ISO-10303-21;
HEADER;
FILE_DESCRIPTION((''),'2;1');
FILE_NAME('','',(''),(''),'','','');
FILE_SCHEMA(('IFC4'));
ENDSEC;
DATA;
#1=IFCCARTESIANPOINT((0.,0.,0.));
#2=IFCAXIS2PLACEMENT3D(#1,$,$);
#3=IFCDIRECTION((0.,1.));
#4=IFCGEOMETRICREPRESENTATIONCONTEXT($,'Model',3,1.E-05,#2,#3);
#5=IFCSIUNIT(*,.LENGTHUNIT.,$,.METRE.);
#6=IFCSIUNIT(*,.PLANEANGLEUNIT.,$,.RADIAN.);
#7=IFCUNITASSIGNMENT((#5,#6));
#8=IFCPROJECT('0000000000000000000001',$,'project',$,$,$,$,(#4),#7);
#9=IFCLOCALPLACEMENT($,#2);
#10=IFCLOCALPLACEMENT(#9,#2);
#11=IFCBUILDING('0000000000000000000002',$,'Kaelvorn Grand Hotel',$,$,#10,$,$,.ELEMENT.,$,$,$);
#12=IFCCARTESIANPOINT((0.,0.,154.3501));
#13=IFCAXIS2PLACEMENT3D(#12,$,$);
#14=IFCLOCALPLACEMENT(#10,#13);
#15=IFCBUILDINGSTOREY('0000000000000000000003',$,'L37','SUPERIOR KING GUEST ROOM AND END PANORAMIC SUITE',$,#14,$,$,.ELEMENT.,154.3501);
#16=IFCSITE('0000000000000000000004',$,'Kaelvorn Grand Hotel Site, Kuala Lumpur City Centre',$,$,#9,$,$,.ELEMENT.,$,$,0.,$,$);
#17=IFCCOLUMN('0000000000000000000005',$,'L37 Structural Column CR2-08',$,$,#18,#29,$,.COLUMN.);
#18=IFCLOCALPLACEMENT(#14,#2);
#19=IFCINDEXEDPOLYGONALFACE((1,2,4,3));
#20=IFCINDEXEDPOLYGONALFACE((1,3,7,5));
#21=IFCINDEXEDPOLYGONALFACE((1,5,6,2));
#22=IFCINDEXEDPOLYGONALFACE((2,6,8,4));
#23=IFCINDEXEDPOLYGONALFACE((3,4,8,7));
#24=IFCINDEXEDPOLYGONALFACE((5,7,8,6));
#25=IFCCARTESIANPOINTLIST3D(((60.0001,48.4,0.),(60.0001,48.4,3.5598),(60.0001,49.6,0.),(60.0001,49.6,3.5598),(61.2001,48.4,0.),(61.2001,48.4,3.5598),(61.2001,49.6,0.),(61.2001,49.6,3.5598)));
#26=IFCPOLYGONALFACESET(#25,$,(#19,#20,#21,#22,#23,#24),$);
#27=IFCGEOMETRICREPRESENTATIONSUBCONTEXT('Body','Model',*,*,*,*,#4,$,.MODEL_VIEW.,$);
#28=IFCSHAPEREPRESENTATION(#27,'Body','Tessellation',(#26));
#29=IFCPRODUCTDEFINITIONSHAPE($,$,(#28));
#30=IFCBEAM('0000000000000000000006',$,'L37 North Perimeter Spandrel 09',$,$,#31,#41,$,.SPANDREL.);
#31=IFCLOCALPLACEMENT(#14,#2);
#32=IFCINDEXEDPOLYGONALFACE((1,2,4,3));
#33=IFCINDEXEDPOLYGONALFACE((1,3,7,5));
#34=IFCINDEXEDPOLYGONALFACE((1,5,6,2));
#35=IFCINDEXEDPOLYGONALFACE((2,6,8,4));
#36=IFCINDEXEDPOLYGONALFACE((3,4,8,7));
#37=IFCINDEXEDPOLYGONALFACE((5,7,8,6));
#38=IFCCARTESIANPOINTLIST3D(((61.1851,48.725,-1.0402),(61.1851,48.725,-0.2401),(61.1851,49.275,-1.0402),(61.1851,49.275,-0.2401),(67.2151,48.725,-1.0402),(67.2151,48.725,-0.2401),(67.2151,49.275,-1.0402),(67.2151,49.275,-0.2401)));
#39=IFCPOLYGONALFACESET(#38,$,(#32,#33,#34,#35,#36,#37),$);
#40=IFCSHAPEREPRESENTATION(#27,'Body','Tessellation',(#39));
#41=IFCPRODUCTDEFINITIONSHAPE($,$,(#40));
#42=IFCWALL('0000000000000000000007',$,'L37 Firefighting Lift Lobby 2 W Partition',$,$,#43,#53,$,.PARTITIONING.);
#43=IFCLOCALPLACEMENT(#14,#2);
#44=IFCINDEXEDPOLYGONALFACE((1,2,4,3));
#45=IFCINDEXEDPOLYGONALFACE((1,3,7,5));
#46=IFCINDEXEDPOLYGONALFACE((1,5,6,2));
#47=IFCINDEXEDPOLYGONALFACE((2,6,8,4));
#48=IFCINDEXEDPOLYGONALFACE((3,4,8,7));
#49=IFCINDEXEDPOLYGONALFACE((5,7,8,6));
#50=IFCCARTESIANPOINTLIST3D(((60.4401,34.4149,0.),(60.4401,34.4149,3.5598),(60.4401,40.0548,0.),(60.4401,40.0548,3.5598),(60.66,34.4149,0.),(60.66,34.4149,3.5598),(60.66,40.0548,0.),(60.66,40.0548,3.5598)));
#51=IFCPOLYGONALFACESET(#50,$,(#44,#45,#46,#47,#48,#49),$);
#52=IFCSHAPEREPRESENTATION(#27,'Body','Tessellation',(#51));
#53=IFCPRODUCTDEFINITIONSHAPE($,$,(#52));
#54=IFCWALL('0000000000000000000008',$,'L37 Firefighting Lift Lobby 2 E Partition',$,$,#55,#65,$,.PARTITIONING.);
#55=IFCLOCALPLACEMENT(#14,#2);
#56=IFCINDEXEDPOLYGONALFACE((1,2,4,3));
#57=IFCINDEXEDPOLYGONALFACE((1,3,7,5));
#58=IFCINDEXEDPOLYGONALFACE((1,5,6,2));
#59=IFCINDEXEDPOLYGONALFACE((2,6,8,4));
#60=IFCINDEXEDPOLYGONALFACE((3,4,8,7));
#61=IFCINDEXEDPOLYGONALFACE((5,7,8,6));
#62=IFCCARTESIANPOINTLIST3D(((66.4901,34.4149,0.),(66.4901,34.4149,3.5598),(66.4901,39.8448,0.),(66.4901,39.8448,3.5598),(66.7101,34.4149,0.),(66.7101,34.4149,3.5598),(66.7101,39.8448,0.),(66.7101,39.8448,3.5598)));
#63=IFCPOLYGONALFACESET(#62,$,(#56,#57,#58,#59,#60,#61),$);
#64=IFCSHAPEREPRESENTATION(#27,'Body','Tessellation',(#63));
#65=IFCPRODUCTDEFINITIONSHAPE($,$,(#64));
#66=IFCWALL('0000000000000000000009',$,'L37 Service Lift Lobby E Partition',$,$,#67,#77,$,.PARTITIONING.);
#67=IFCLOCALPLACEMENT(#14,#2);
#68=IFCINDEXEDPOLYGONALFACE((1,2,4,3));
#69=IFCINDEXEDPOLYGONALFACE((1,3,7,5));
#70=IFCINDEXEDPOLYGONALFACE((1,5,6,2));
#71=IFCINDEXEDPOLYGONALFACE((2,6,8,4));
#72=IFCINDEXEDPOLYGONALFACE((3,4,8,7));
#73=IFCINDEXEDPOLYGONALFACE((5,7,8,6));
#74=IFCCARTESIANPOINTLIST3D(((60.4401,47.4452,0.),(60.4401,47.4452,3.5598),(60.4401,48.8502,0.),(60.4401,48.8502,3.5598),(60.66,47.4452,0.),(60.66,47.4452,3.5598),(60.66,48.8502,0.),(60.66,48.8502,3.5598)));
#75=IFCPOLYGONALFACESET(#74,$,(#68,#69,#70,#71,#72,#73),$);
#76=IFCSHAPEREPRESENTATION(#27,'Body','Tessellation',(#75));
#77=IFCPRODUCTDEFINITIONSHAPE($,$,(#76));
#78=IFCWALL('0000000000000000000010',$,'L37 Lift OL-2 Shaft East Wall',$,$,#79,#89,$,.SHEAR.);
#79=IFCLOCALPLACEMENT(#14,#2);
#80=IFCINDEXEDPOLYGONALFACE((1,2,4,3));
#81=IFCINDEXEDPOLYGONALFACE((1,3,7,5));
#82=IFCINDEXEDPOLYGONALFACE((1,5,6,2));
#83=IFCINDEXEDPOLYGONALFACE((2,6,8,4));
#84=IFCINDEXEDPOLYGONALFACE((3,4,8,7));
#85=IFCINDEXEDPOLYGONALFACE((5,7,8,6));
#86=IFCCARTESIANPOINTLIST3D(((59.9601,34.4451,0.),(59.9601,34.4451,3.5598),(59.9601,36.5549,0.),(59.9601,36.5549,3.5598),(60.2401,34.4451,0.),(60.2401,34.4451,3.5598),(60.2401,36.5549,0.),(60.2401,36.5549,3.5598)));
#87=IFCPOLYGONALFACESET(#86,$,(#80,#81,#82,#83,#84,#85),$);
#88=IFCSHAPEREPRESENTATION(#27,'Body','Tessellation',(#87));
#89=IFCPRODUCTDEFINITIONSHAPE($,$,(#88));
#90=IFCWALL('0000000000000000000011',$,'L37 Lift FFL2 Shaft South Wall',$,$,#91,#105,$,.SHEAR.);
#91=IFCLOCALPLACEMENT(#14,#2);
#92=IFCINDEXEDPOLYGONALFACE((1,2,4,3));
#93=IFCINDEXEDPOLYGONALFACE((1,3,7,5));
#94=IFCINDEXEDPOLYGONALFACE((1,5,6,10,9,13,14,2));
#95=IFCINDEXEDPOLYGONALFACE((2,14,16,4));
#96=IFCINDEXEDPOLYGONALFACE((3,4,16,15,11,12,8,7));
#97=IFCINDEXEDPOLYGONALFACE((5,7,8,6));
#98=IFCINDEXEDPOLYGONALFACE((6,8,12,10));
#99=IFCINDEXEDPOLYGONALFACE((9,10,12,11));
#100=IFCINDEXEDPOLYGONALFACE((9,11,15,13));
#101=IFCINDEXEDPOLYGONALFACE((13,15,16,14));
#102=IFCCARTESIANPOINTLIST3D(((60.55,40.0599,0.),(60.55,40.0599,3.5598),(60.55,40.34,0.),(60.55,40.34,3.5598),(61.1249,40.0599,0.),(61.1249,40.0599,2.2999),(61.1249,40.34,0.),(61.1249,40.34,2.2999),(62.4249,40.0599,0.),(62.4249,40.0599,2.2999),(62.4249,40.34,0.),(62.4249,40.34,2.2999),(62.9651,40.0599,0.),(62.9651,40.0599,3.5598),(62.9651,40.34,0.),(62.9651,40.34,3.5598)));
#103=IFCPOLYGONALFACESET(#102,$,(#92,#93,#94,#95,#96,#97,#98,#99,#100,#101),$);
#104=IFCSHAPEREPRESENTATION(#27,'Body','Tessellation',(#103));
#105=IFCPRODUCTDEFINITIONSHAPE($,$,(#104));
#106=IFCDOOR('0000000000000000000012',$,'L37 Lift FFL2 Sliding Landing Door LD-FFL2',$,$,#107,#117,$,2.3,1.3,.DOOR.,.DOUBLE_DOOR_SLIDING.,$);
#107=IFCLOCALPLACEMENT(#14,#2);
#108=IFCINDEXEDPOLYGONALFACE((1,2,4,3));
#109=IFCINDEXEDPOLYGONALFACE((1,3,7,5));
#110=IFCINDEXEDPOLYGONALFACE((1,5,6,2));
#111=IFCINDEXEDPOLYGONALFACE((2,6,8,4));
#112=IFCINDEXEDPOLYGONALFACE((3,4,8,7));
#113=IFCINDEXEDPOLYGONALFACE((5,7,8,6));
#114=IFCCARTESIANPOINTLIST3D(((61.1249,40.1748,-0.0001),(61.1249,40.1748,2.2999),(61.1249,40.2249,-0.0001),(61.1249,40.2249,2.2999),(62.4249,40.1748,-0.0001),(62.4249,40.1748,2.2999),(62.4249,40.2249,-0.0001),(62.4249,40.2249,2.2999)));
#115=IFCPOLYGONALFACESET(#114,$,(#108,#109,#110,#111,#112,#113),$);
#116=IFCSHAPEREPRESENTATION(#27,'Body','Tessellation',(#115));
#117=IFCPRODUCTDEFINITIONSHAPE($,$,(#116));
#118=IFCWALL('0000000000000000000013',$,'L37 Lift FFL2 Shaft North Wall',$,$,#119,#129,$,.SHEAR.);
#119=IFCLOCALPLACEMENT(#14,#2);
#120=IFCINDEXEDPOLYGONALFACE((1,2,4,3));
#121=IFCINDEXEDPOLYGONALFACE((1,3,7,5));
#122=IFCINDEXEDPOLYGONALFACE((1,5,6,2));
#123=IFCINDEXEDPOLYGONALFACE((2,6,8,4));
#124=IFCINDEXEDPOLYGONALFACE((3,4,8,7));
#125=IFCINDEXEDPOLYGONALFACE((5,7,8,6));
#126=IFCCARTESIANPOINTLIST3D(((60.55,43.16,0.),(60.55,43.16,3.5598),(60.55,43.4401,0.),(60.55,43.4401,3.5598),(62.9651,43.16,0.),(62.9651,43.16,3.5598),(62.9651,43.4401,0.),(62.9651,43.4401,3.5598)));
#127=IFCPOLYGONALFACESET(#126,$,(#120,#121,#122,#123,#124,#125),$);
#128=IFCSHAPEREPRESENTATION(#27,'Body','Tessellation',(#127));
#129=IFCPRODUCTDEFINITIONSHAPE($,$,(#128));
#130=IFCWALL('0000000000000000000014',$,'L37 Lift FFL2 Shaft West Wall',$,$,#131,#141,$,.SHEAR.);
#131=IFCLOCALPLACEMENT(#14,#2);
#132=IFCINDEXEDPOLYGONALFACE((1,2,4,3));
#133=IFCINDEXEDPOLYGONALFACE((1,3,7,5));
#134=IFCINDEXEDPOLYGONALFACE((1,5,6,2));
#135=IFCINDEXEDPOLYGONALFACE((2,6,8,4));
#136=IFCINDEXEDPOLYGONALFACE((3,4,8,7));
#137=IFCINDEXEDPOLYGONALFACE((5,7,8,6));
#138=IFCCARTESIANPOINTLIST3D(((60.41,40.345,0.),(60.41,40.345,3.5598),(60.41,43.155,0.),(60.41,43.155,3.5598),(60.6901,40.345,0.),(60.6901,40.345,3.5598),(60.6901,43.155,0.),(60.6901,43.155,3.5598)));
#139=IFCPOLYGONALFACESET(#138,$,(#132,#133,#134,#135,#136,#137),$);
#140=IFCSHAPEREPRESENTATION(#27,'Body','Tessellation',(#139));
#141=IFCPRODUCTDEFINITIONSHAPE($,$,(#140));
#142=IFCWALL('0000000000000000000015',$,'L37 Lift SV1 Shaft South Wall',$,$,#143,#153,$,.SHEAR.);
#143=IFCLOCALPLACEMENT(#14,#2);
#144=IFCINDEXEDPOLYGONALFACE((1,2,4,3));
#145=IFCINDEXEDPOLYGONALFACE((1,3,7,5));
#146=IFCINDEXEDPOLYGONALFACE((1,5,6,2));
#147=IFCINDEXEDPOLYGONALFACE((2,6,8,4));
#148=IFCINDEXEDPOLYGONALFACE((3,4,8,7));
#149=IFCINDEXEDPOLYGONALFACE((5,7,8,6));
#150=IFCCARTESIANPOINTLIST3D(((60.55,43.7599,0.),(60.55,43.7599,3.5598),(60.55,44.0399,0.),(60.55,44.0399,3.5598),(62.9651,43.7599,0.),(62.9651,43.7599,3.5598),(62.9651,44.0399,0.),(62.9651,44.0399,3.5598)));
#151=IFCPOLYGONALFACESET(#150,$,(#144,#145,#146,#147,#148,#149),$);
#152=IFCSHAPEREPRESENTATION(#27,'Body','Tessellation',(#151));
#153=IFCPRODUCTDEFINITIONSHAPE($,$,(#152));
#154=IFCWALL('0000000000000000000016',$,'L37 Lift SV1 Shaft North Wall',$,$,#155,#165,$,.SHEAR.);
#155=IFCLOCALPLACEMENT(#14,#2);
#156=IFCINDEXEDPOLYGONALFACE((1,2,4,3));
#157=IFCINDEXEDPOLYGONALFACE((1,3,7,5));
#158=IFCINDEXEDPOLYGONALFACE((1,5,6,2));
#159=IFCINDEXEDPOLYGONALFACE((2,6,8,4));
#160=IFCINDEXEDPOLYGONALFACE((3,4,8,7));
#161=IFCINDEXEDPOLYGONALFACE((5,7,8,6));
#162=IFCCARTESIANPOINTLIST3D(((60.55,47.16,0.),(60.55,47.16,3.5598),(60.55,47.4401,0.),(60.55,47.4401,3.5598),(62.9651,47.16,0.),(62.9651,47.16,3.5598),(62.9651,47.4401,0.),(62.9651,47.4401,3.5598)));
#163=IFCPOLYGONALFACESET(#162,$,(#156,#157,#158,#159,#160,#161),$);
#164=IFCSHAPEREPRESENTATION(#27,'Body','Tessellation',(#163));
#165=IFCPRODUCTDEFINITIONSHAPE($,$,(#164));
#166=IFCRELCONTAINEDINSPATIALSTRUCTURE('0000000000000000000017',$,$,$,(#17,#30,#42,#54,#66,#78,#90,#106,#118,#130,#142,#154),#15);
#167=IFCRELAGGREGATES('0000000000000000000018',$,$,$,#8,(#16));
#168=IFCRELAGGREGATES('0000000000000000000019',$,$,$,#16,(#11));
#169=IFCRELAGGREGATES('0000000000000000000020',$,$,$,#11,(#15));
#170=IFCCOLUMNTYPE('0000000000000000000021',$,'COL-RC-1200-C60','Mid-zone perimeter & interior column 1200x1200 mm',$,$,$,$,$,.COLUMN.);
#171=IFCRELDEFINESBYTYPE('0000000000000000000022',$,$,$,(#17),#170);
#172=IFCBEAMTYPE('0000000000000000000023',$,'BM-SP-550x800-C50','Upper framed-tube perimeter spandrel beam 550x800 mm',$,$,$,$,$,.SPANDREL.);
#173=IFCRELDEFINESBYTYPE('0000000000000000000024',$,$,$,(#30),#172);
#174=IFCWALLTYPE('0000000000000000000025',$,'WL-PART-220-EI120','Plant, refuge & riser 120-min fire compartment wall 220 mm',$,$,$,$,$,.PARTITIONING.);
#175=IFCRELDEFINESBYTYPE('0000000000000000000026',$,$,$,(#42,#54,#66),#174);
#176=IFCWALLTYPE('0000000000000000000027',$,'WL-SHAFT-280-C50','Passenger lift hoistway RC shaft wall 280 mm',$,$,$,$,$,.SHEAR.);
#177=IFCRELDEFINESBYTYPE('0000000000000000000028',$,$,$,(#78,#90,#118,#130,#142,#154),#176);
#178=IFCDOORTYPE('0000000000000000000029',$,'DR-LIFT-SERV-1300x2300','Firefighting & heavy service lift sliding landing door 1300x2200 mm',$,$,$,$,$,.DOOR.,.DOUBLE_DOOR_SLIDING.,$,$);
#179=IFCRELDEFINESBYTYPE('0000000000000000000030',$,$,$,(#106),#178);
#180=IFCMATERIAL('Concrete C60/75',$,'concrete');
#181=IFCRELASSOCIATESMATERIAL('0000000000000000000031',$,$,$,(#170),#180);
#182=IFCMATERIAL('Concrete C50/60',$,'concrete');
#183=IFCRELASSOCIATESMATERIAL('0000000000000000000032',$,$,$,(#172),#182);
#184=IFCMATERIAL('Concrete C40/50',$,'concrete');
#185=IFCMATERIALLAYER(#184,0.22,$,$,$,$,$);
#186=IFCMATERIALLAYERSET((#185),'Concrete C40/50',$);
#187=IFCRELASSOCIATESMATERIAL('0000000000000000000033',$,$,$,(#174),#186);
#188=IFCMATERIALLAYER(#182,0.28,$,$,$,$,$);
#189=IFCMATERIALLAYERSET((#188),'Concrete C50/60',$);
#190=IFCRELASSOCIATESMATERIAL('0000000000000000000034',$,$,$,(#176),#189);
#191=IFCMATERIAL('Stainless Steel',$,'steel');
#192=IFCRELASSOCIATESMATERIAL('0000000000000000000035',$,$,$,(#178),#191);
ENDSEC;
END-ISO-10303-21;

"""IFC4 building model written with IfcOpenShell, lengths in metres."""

from ifc_helpers import new_model, si_unit, direction, frame, frame_2d, origin, origin_2d, place, context, subcontext, project, spatial, rectangle, extrude, material, layer, layer_set, material_profile, profile_set, type_object, element, fill, save


model = new_model("IFC4")

# Units and contexts
model_context = context("Model", 3, precision=1e-05, world=origin(), true_north=direction((0.0, 1.0)))
body_context = subcontext(model_context, "Body", "Model", "MODEL_VIEW")
ifc_project = project(units=[si_unit("LENGTHUNIT", "METRE"), si_unit("PLANEANGLEUNIT", "RADIAN")], contexts=[model_context])

# Site, building, storey
site_placement = place(None, origin())
site = spatial("IfcSite", under=ifc_project, at=site_placement, Name="Kaelvorn Grand Hotel Site, Kuala Lumpur City Centre", CompositionType="ELEMENT", RefElevation=0.0)
building_placement = place(site_placement, origin())
building = spatial("IfcBuilding", under=site, at=building_placement, Name="Kaelvorn Grand Hotel", CompositionType="ELEMENT")
storey_placement = place(building_placement, frame((0.0, 0.0, 154.3501)))
storey = spatial("IfcBuildingStorey", under=building, at=storey_placement, Name="L37", Description="SUPERIOR KING GUEST ROOM AND END PANORAMIC SUITE", CompositionType="ELEMENT", Elevation=154.3501)

# Column
ifc_material_1 = material(Name="Concrete C60/75", Category="concrete")
ifc_material_profile_1 = material_profile(ifc_material_1, rectangle(XDim=1.2, YDim=1.2, at=origin_2d()), Name="RC COL 1200x1200")
ifc_profile_set_1 = profile_set([ifc_material_profile_1], Name="Concrete C60/75")
column_type = type_object("IfcColumnType", Name="COL-RC-1200-C60", Description="Mid-zone perimeter & interior column 1200x1200 mm", PredefinedType="COLUMN", material=ifc_profile_set_1)
column_placement = place(storey_placement, frame((60.6001, 49.0, 0.0), z_axis=(0.0, 0.0, 1.0), x_axis=(1.0, 0.0, 0.0)))
element("IfcColumn", 1, at=column_placement, inside=storey, type_object=column_type, Name="L37 Structural Column CR2-08", PredefinedType="COLUMN", context=body_context, shape_type="SweptSolid", body=[
    extrude(rectangle(XDim=1.2, YDim=1.2, at=origin_2d()), origin(), (0.0, 0.0, 1.0), 3.5598),
])

# Beam
ifc_material_2 = material(Name="Concrete C50/60", Category="concrete")
ifc_material_profile_2 = material_profile(ifc_material_2, rectangle(XDim=0.55, YDim=0.8, at=origin_2d()), Name="RC SPANDREL 550x800")
ifc_profile_set_2 = profile_set([ifc_material_profile_2], Name="Concrete C50/60")
beam_type = type_object("IfcBeamType", Name="BM-SP-550x800-C50", Description="Upper framed-tube perimeter spandrel beam 550x800 mm", PredefinedType="SPANDREL", material=ifc_profile_set_2)
beam_placement = place(storey_placement, frame((61.1851, 49.0, -0.6401), z_axis=(1.0, 0.0, 0.0), x_axis=(0.0, 1.0, 0.0)))
element("IfcBeam", 2, at=beam_placement, inside=storey, type_object=beam_type, Name="L37 North Perimeter Spandrel 09", PredefinedType="SPANDREL", context=body_context, shape_type="SweptSolid", body=[
    extrude(rectangle(XDim=0.55, YDim=0.8, at=origin_2d()), origin(), (0.0, 0.0, 1.0), 6.03),
])

# Shared definitions
ifc_material_3 = material(Name="Concrete C40/50", Category="concrete")
ifc_layer_1 = layer(ifc_material_3, 0.22)
ifc_layer_set_1 = layer_set([ifc_layer_1], Name="Concrete C40/50")
wall_type_1 = type_object("IfcWallType", Name="WL-PART-220-EI120", Description="Plant, refuge & riser 120-min fire compartment wall 220 mm", PredefinedType="PARTITIONING", material=ifc_layer_set_1)

# Walls
wall_1_placement = place(storey_placement, frame((60.55, 34.415, 0.0), z_axis=(0.0, 0.0, 1.0), x_axis=(0.0, 1.0, 0.0)))
element("IfcWall", 3, at=wall_1_placement, inside=storey, type_object=wall_type_1, Name="L37 Firefighting Lift Lobby 2 W Partition", PredefinedType="PARTITIONING", context=body_context, shape_type="SweptSolid", body=[
    extrude(rectangle(XDim=5.6399, YDim=0.22, at=frame_2d((2.8198, 0.0))), origin(), (0.0, 0.0, 1.0), 3.5598),
])
wall_2_placement = place(storey_placement, frame((66.6001, 34.415, 0.0), z_axis=(0.0, 0.0, 1.0), x_axis=(0.0, 1.0, 0.0)))
element("IfcWall", 4, at=wall_2_placement, inside=storey, type_object=wall_type_1, Name="L37 Firefighting Lift Lobby 2 E Partition", PredefinedType="PARTITIONING", context=body_context, shape_type="SweptSolid", body=[
    extrude(rectangle(XDim=5.4299, YDim=0.22, at=frame_2d((2.7148, 0.0))), origin(), (0.0, 0.0, 1.0), 3.5598),
])
wall_3_placement = place(storey_placement, frame((60.55, 47.4451, 0.0), z_axis=(0.0, 0.0, 1.0), x_axis=(0.0, 1.0, 0.0)))
element("IfcWall", 5, at=wall_3_placement, inside=storey, type_object=wall_type_1, Name="L37 Service Lift Lobby E Partition", PredefinedType="PARTITIONING", context=body_context, shape_type="SweptSolid", body=[
    extrude(rectangle(XDim=1.405, YDim=0.22, at=frame_2d((0.7026, 0.0))), origin(), (0.0, 0.0, 1.0), 3.5598),
])
ifc_layer_2 = layer(ifc_material_2, 0.28)
ifc_layer_set_2 = layer_set([ifc_layer_2], Name="Concrete C50/60")
wall_type_2 = type_object("IfcWallType", Name="WL-SHAFT-280-C50", Description="Passenger lift hoistway RC shaft wall 280 mm", PredefinedType="SHEAR", material=ifc_layer_set_2)
wall_4_placement = place(storey_placement, frame((60.1001, 34.4451, 0.0), z_axis=(0.0, 0.0, 1.0), x_axis=(0.0, 1.0, 0.0)))
element("IfcWall", 6, at=wall_4_placement, inside=storey, type_object=wall_type_2, Name="L37 Lift OL-2 Shaft East Wall", PredefinedType="SHEAR", context=body_context, shape_type="SweptSolid", body=[
    extrude(rectangle(XDim=2.1099, YDim=0.28, at=frame_2d((1.0549, 0.0))), origin(), (0.0, 0.0, 1.0), 3.5598),
])

# Wall, opening, door
wall_5_placement = place(storey_placement, frame((60.55, 40.2, 0.0), z_axis=(0.0, 0.0, 1.0), x_axis=(1.0, 0.0, 0.0)))
wall_5 = element("IfcWall", 7, at=wall_5_placement, inside=storey, type_object=wall_type_2, Name="L37 Lift FFL2 Shaft South Wall", PredefinedType="SHEAR", context=body_context, shape_type="SweptSolid", body=[
    extrude(rectangle(XDim=2.415, YDim=0.28, at=frame_2d((1.2075, 0.0))), origin(), (0.0, 0.0, 1.0), 3.5598),
])
opening_1_placement = place(wall_5_placement, frame((0.575, 0.0, 0.0)))
opening_1 = element("IfcOpeningElement", 8, at=opening_1_placement, cuts=wall_5, PredefinedType="OPENING", context=body_context, shape_type="SweptSolid", body=[
    extrude(rectangle(XDim=1.3, YDim=2.3, at=frame_2d((0.6499, 1.1499))), frame((0.0, 0.1499, 0.0), z_axis=(0.0, -1.0, 0.0), x_axis=(1.0, 0.0, 0.0)), (0.0, 0.0, 1.0), 0.3),
])
ifc_material_4 = material(Name="Stainless Steel", Category="steel")
door_type_1 = type_object("IfcDoorType", Name="DR-LIFT-SERV-1300x2300", Description="Firefighting & heavy service lift sliding landing door 1300x2200 mm", OperationType="DOUBLE_DOOR_SLIDING", PredefinedType="DOOR", material=ifc_material_4)
door_1_placement = place(opening_1_placement, origin())
door_1 = element("IfcDoor", 9, at=door_1_placement, inside=storey, type_object=door_type_1, Name="L37 Lift FFL2 Sliding Landing Door LD-FFL2", OperationType="DOUBLE_DOOR_SLIDING", OverallHeight=2.3, OverallWidth=1.3, PredefinedType="DOOR", context=body_context, shape_type="SweptSolid", body=[
    extrude(rectangle(XDim=1.3, YDim=2.3, at=frame_2d((0.6499, 1.1499))), frame((0.0, 0.0249, 0.0), z_axis=(0.0, -1.0, 0.0), x_axis=(1.0, 0.0, 0.0)), (0.0, 0.0, 1.0), 0.05),
])
fill(opening_1, door_1)

# Walls
wall_6_placement = place(storey_placement, frame((60.55, 43.3, 0.0), z_axis=(0.0, 0.0, 1.0), x_axis=(1.0, 0.0, 0.0)))
element("IfcWall", 10, at=wall_6_placement, inside=storey, type_object=wall_type_2, Name="L37 Lift FFL2 Shaft North Wall", PredefinedType="SHEAR", context=body_context, shape_type="SweptSolid", body=[
    extrude(rectangle(XDim=2.415, YDim=0.28, at=frame_2d((1.2075, 0.0))), origin(), (0.0, 0.0, 1.0), 3.5598),
])
wall_7_placement = place(storey_placement, frame((60.55, 40.345, 0.0), z_axis=(0.0, 0.0, 1.0), x_axis=(0.0, 1.0, 0.0)))
element("IfcWall", 11, at=wall_7_placement, inside=storey, type_object=wall_type_2, Name="L37 Lift FFL2 Shaft West Wall", PredefinedType="SHEAR", context=body_context, shape_type="SweptSolid", body=[
    extrude(rectangle(XDim=2.8101, YDim=0.28, at=frame_2d((1.405, 0.0))), origin(), (0.0, 0.0, 1.0), 3.5598),
])
for number, where, z_axis, x_axis, name in (
    (12, (60.55, 43.8999, 0.0), (0.0, 0.0, 1.0), (1.0, 0.0, 0.0), "L37 Lift SV1 Shaft South Wall"),
    (13, (60.55, 47.3, 0.0), (0.0, 0.0, 1.0), (1.0, 0.0, 0.0), "L37 Lift SV1 Shaft North Wall"),
):
    element("IfcWall", number, at=place(storey_placement, frame(where, z_axis=z_axis, x_axis=x_axis)), inside=storey, type_object=wall_type_2, Name=name, PredefinedType="SHEAR", context=body_context, shape_type="SweptSolid", body=[
        extrude(rectangle(XDim=2.415, YDim=0.28, at=frame_2d((1.2075, 0.0))), origin(), (0.0, 0.0, 1.0), 3.5598),
    ])

save(model, "model.ifc")
